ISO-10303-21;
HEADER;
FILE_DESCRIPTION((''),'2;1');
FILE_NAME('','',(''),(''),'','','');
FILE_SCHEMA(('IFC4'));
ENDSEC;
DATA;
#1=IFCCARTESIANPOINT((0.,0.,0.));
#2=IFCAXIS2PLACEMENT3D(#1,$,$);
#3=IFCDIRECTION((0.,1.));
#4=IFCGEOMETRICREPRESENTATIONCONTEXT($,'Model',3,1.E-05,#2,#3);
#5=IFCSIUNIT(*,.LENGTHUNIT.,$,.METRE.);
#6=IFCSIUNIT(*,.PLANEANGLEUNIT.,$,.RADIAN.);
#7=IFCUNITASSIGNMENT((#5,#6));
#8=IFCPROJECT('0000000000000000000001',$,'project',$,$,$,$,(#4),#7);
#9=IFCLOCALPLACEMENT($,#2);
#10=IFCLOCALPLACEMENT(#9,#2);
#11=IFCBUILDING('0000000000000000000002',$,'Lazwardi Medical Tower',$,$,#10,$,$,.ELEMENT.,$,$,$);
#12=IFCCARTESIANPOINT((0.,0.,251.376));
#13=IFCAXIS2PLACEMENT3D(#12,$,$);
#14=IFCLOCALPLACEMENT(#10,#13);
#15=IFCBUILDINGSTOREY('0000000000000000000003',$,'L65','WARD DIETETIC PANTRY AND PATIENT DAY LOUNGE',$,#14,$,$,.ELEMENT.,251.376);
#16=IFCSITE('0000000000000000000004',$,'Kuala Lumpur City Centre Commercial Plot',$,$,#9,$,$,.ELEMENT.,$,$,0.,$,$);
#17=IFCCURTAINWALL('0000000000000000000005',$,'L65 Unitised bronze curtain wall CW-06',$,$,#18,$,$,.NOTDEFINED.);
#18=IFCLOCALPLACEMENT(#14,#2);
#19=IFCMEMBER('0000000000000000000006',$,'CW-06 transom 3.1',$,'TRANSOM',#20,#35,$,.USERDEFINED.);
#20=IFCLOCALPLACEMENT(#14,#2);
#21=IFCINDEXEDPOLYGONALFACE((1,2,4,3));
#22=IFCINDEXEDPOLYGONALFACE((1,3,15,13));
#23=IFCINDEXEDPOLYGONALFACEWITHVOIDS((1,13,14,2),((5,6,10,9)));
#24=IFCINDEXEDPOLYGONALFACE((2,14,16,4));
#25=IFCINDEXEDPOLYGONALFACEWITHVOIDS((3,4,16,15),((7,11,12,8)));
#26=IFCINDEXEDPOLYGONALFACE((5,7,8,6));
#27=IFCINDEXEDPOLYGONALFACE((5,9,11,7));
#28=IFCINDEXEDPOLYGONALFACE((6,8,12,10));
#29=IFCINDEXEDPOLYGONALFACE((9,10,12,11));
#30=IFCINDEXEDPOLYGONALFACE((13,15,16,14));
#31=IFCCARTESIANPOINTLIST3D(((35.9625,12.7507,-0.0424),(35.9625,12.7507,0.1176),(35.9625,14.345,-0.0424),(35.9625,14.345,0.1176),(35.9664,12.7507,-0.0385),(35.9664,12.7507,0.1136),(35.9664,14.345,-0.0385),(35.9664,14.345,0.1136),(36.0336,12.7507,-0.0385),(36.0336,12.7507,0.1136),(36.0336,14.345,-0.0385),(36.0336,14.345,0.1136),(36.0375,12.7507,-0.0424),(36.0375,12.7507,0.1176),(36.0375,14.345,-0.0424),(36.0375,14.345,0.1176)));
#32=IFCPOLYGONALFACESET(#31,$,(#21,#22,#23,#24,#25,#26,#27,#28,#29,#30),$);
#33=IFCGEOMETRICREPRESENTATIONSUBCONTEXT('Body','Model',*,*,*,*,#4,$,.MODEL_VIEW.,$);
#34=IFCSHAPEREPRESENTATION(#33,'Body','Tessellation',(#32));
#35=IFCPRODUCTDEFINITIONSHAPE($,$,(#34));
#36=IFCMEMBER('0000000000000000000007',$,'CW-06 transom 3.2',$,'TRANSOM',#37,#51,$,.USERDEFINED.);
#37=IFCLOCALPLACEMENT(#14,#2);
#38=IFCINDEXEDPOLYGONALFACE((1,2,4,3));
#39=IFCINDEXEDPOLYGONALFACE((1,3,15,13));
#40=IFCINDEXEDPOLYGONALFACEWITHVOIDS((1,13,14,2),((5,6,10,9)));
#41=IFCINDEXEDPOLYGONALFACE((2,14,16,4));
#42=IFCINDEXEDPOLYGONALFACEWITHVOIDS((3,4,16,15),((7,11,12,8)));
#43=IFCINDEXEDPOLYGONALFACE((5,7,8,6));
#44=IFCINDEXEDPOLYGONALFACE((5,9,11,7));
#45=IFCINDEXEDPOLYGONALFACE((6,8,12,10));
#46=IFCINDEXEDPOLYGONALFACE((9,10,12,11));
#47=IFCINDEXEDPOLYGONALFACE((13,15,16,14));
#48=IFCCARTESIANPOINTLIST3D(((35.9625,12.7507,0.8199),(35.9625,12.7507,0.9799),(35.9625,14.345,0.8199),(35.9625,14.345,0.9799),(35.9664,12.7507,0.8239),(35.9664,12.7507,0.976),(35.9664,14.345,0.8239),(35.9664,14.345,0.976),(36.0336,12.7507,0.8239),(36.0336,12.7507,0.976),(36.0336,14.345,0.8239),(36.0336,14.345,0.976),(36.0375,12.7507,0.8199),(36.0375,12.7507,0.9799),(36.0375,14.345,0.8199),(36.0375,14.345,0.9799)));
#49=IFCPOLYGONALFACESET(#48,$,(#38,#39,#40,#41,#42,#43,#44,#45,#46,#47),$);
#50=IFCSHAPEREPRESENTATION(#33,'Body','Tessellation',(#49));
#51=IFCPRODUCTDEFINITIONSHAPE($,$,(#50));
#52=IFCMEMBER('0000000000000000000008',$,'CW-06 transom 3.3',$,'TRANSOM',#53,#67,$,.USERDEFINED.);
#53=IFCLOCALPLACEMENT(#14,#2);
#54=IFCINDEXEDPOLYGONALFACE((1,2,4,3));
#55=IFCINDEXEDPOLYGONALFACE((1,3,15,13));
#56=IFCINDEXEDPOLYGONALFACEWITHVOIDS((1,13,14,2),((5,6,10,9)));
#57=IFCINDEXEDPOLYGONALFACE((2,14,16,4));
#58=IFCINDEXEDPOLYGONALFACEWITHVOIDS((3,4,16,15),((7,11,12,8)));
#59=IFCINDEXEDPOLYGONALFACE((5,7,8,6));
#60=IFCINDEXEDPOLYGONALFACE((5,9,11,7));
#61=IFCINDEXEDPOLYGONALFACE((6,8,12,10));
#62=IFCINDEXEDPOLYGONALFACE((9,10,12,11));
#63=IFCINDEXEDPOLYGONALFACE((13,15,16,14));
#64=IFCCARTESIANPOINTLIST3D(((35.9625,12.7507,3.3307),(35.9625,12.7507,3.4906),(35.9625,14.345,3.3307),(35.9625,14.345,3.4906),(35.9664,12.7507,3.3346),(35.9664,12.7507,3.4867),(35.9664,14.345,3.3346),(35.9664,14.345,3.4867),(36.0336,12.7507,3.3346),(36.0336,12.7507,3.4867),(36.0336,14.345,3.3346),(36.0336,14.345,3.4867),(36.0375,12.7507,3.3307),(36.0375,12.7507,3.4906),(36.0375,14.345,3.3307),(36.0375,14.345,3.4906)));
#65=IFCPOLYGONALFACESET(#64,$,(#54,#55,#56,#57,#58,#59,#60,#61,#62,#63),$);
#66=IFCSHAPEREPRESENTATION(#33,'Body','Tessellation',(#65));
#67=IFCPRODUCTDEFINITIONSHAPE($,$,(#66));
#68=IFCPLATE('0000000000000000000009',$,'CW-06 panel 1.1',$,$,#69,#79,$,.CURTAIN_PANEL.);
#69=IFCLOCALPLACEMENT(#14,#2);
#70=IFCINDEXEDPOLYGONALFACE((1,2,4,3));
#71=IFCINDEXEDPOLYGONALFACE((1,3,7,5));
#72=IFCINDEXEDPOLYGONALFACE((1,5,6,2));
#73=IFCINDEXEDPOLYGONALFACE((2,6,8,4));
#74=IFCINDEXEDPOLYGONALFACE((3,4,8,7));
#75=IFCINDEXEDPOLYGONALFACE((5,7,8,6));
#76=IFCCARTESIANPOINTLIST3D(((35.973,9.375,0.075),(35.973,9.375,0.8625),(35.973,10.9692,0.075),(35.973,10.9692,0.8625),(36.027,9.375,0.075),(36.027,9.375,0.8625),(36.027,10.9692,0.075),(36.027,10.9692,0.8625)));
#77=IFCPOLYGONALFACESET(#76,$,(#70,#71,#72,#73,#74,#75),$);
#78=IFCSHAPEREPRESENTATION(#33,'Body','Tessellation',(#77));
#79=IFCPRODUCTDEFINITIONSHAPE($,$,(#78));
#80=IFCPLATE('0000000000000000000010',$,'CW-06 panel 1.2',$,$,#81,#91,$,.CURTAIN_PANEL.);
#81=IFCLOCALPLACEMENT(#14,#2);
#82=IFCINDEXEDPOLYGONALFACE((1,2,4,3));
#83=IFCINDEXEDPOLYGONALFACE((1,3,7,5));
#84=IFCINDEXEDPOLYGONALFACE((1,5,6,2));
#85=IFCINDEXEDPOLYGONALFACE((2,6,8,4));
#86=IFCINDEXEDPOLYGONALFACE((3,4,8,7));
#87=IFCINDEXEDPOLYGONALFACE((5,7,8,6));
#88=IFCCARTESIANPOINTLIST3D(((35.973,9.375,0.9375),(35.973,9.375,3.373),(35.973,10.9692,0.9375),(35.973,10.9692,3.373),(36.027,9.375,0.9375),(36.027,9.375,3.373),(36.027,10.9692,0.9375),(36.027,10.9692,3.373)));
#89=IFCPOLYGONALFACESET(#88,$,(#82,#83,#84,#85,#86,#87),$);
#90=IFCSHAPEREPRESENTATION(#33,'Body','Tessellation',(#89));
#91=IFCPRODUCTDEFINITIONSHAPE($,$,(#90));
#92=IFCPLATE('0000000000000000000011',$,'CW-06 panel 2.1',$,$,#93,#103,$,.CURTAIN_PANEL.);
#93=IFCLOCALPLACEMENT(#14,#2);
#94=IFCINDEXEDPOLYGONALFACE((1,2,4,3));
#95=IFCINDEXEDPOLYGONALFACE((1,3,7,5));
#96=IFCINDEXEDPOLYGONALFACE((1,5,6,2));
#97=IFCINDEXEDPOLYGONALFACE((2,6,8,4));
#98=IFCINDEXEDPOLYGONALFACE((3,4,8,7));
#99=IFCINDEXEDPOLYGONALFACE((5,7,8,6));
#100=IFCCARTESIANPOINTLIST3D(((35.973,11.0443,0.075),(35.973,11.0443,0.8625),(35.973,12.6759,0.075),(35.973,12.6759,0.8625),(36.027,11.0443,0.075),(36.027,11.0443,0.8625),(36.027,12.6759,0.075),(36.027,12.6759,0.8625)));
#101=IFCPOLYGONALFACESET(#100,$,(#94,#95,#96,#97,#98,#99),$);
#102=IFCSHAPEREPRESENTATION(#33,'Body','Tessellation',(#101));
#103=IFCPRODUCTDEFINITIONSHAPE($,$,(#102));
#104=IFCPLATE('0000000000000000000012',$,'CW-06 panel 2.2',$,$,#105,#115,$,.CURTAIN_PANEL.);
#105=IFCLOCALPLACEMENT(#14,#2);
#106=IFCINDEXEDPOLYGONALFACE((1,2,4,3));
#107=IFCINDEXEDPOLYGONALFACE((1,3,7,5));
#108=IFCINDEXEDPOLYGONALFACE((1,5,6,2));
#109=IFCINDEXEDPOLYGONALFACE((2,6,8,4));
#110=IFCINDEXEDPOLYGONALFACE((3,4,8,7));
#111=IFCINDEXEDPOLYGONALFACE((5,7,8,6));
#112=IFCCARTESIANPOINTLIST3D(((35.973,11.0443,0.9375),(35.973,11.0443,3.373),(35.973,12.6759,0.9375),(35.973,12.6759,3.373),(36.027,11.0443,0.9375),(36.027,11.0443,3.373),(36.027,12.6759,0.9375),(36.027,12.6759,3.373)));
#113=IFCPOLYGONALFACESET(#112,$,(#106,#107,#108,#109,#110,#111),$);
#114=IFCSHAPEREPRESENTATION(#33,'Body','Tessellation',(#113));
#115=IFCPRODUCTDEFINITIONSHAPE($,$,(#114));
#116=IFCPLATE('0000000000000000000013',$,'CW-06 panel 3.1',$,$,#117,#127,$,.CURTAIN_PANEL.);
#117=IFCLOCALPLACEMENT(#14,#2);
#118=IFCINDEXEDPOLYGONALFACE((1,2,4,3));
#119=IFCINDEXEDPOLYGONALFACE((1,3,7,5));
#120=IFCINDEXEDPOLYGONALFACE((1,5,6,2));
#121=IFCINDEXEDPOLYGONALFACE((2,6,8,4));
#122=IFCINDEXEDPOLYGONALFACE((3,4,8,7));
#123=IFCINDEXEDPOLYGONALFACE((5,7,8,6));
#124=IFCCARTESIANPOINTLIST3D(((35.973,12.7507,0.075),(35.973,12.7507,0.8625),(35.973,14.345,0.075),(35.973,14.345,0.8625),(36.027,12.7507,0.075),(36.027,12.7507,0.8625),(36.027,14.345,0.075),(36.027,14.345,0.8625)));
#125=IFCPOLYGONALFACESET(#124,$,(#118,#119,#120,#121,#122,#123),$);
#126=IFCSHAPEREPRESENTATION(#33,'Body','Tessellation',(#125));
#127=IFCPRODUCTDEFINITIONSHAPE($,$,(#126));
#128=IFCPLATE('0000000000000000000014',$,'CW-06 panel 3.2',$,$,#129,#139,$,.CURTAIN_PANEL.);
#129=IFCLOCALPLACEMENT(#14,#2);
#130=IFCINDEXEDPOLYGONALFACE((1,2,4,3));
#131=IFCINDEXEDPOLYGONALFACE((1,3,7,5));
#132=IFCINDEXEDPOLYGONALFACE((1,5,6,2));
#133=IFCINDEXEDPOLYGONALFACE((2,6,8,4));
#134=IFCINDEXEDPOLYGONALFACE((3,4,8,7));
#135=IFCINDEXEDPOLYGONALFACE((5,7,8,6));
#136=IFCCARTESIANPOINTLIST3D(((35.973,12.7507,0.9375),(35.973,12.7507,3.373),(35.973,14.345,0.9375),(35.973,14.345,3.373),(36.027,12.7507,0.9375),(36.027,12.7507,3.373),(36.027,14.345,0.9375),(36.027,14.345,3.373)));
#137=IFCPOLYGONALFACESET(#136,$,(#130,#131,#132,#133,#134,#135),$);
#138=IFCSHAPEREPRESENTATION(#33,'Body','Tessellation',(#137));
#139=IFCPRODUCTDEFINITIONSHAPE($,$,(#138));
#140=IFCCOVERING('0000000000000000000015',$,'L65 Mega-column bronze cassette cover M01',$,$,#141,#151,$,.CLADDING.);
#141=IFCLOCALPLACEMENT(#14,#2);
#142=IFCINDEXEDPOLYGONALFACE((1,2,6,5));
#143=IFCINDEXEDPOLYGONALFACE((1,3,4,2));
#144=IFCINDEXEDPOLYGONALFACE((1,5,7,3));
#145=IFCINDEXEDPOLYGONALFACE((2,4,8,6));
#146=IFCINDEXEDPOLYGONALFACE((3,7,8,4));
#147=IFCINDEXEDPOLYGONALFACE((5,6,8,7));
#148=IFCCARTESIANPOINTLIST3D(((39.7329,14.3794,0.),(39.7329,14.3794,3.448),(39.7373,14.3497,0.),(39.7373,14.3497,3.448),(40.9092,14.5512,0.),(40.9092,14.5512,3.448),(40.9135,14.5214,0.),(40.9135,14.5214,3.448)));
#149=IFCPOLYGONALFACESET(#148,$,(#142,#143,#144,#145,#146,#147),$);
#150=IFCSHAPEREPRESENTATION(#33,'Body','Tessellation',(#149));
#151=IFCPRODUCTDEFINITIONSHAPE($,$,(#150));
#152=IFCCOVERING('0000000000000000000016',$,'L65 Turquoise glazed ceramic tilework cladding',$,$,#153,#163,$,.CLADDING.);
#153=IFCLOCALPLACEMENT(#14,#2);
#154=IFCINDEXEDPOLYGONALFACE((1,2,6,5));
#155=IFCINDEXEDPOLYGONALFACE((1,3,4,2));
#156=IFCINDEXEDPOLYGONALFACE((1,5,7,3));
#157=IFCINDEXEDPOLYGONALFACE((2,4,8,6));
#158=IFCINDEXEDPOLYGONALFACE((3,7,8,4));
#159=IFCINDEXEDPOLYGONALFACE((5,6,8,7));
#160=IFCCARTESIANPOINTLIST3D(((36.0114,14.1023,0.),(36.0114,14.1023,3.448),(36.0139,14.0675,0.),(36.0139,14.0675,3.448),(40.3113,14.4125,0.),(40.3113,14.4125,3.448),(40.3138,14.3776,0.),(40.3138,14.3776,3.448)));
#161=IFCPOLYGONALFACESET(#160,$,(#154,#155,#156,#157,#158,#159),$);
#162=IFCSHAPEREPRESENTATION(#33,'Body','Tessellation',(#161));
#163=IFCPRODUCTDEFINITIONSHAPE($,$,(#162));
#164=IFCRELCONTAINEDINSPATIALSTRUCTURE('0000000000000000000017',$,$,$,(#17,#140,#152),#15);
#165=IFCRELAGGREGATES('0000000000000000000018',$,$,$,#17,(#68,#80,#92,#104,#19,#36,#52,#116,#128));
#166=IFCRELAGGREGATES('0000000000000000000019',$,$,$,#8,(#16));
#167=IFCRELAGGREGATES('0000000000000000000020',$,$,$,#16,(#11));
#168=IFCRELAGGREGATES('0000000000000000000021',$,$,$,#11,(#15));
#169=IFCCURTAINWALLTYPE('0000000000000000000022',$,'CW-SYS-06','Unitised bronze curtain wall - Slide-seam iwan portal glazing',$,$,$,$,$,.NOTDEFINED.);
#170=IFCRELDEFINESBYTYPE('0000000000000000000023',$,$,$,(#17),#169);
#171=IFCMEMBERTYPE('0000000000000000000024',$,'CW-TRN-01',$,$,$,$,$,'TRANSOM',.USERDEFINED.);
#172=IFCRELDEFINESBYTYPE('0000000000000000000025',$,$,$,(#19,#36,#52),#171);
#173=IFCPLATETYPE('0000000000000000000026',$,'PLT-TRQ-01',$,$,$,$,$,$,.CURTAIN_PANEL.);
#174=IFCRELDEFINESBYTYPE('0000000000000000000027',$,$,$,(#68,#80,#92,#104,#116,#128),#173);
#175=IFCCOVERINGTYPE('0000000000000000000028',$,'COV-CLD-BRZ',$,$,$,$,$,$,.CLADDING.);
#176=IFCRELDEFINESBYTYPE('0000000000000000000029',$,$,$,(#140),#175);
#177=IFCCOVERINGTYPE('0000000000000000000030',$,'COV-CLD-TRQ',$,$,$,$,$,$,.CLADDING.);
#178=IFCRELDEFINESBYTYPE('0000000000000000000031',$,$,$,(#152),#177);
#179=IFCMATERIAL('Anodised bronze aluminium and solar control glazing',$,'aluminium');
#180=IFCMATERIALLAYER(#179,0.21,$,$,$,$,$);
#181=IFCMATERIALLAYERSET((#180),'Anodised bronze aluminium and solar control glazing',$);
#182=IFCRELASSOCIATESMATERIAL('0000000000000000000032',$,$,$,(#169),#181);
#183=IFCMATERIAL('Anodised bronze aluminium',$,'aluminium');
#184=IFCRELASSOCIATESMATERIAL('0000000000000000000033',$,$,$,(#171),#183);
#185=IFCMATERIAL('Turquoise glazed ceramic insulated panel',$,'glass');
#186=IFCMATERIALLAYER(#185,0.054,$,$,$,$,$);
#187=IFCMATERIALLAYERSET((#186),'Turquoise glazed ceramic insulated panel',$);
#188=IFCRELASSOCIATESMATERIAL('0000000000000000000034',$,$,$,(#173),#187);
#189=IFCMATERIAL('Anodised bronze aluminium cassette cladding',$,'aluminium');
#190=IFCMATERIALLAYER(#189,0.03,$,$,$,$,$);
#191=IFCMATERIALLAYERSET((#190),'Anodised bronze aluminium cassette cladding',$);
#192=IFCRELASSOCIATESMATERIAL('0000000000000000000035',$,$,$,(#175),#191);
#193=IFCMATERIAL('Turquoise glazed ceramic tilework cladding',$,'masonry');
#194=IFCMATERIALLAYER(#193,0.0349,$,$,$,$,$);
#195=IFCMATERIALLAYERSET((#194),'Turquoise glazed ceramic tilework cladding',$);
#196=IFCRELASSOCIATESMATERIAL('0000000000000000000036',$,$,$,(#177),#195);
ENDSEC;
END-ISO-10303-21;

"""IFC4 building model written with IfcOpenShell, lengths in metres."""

from ifc_helpers import new_model, si_unit, direction, frame, origin, origin_2d, place, context, subcontext, project, spatial, rectangle, hollow_rectangle, extrude, material, layer, layer_set, material_profile, profile_set, type_object, element, aggregate, save


model = new_model("IFC4")

# Units and contexts
model_context = context("Model", 3, precision=1e-05, world=origin(), true_north=direction((0.0, 1.0)))
body_context = subcontext(model_context, "Body", "Model", "MODEL_VIEW")
ifc_project = project(units=[si_unit("LENGTHUNIT", "METRE"), si_unit("PLANEANGLEUNIT", "RADIAN")], contexts=[model_context])

# Site, building, storey
site_placement = place(None, origin())
site = spatial("IfcSite", under=ifc_project, at=site_placement, Name="Kuala Lumpur City Centre Commercial Plot", CompositionType="ELEMENT", RefElevation=0.0)
building_placement = place(site_placement, origin())
building = spatial("IfcBuilding", under=site, at=building_placement, Name="Lazwardi Medical Tower", CompositionType="ELEMENT")
storey_placement = place(building_placement, frame((0.0, 0.0, 251.376)))
storey = spatial("IfcBuildingStorey", under=building, at=storey_placement, Name="L65", Description="WARD DIETETIC PANTRY AND PATIENT DAY LOUNGE", CompositionType="ELEMENT", Elevation=251.376)

# Curtain wall
ifc_material_1 = material(Name="Anodised bronze aluminium and solar control glazing", Category="aluminium")
ifc_layer_1 = layer(ifc_material_1, 0.21)
ifc_layer_set_1 = layer_set([ifc_layer_1], Name="Anodised bronze aluminium and solar control glazing")
curtain_wall_type_1 = type_object("IfcCurtainWallType", Name="CW-SYS-06", Description="Unitised bronze curtain wall - Slide-seam iwan portal glazing", PredefinedType="NOTDEFINED", material=ifc_layer_set_1)
curtain_wall_1_placement = place(storey_placement, origin())
curtain_wall_1 = element("IfcCurtainWall", 1, at=curtain_wall_1_placement, inside=storey, type_object=curtain_wall_type_1, Name="L65 Unitised bronze curtain wall CW-06", PredefinedType="NOTDEFINED")
ifc_material_2 = material(Name="Anodised bronze aluminium", Category="aluminium")

# Members
ifc_material_profile_1 = material_profile(ifc_material_2, hollow_rectangle(XDim=0.075, YDim=0.1599, WallThickness=0.0039, at=origin_2d()), Name="ALU-TRANSOM 160x75x4")
ifc_profile_set_1 = profile_set([ifc_material_profile_1], Name="Anodised bronze aluminium")
member_type_1 = type_object("IfcMemberType", Name="CW-TRN-01", ElementType="TRANSOM", PredefinedType="USERDEFINED", material=ifc_profile_set_1)
member_1_placement = place(storey_placement, frame((36.0, 12.7507, 0.0376), z_axis=(0.0, 1.0, 0.0), x_axis=(-1.0, 0.0, 0.0)))
member_1 = element("IfcMember", 2, at=member_1_placement, type_object=member_type_1, Name="CW-06 transom 3.1", ObjectType="TRANSOM", PredefinedType="USERDEFINED", context=body_context, shape_type="SweptSolid", body=[
    extrude(hollow_rectangle(XDim=0.075, YDim=0.1599, WallThickness=0.0039, at=origin_2d()), origin(), (0.0, 0.0, 1.0), 1.5942),
])
member_2_placement = place(storey_placement, frame((36.0, 12.7507, 0.8999), z_axis=(0.0, 1.0, 0.0), x_axis=(-1.0, 0.0, 0.0)))
member_2 = element("IfcMember", 3, at=member_2_placement, type_object=member_type_1, Name="CW-06 transom 3.2", ObjectType="TRANSOM", PredefinedType="USERDEFINED", context=body_context, shape_type="SweptSolid", body=[
    extrude(hollow_rectangle(XDim=0.075, YDim=0.1599, WallThickness=0.0039, at=origin_2d()), origin(), (0.0, 0.0, 1.0), 1.5942),
])
member_3_placement = place(storey_placement, frame((36.0, 12.7507, 3.4106), z_axis=(0.0, 1.0, 0.0), x_axis=(-1.0, 0.0, 0.0)))
member_3 = element("IfcMember", 4, at=member_3_placement, type_object=member_type_1, Name="CW-06 transom 3.3", ObjectType="TRANSOM", PredefinedType="USERDEFINED", context=body_context, shape_type="SweptSolid", body=[
    extrude(hollow_rectangle(XDim=0.075, YDim=0.1599, WallThickness=0.0039, at=origin_2d()), origin(), (0.0, 0.0, 1.0), 1.5942),
])

# Plates
ifc_material_3 = material(Name="Turquoise glazed ceramic insulated panel", Category="glass")
ifc_layer_2 = layer(ifc_material_3, 0.054)
ifc_layer_set_2 = layer_set([ifc_layer_2], Name="Turquoise glazed ceramic insulated panel")
plate_type = type_object("IfcPlateType", Name="PLT-TRQ-01", PredefinedType="CURTAIN_PANEL", material=ifc_layer_set_2)
plate_1_placement = place(storey_placement, frame((36.0, 10.1721, 0.075), z_axis=(0.0, 0.0, 1.0), x_axis=(0.0, 1.0, 0.0)))
plate_1 = element("IfcPlate", 5, at=plate_1_placement, type_object=plate_type, Name="CW-06 panel 1.1", PredefinedType="CURTAIN_PANEL", context=body_context, shape_type="SweptSolid", body=[
    extrude(rectangle(XDim=1.5942, YDim=0.054, at=origin_2d()), origin(), (0.0, 0.0, 1.0), 0.7876),
])
plate_2_placement = place(storey_placement, frame((36.0, 10.1721, 0.9375), z_axis=(0.0, 0.0, 1.0), x_axis=(0.0, 1.0, 0.0)))
plate_2 = element("IfcPlate", 6, at=plate_2_placement, type_object=plate_type, Name="CW-06 panel 1.2", PredefinedType="CURTAIN_PANEL", context=body_context, shape_type="SweptSolid", body=[
    extrude(rectangle(XDim=1.5942, YDim=0.054, at=origin_2d()), origin(), (0.0, 0.0, 1.0), 2.4355),
])
plate_3_placement = place(storey_placement, frame((36.0, 11.8601, 0.075), z_axis=(0.0, 0.0, 1.0), x_axis=(0.0, 1.0, 0.0)))
plate_3 = element("IfcPlate", 7, at=plate_3_placement, type_object=plate_type, Name="CW-06 panel 2.1", PredefinedType="CURTAIN_PANEL", context=body_context, shape_type="SweptSolid", body=[
    extrude(rectangle(XDim=1.6316, YDim=0.054, at=origin_2d()), origin(), (0.0, 0.0, 1.0), 0.7876),
])
plate_4_placement = place(storey_placement, frame((36.0, 11.8601, 0.9375), z_axis=(0.0, 0.0, 1.0), x_axis=(0.0, 1.0, 0.0)))
plate_4 = element("IfcPlate", 8, at=plate_4_placement, type_object=plate_type, Name="CW-06 panel 2.2", PredefinedType="CURTAIN_PANEL", context=body_context, shape_type="SweptSolid", body=[
    extrude(rectangle(XDim=1.6316, YDim=0.054, at=origin_2d()), origin(), (0.0, 0.0, 1.0), 2.4355),
])
plate_5_placement = place(storey_placement, frame((36.0, 13.5479, 0.075), z_axis=(0.0, 0.0, 1.0), x_axis=(0.0, 1.0, 0.0)))
plate_5 = element("IfcPlate", 9, at=plate_5_placement, type_object=plate_type, Name="CW-06 panel 3.1", PredefinedType="CURTAIN_PANEL", context=body_context, shape_type="SweptSolid", body=[
    extrude(rectangle(XDim=1.5942, YDim=0.054, at=origin_2d()), origin(), (0.0, 0.0, 1.0), 0.7876),
])
plate_6_placement = place(storey_placement, frame((36.0, 13.5479, 0.9375), z_axis=(0.0, 0.0, 1.0), x_axis=(0.0, 1.0, 0.0)))
plate_6 = element("IfcPlate", 10, at=plate_6_placement, type_object=plate_type, Name="CW-06 panel 3.2", PredefinedType="CURTAIN_PANEL", context=body_context, shape_type="SweptSolid", body=[
    extrude(rectangle(XDim=1.5942, YDim=0.054, at=origin_2d()), origin(), (0.0, 0.0, 1.0), 2.4355),
])
aggregate(curtain_wall_1, [plate_1, plate_2, plate_3, plate_4, member_1, member_2, member_3, plate_5, plate_6])

# Coverings
ifc_material_4 = material(Name="Anodised bronze aluminium cassette cladding", Category="aluminium")
ifc_layer_3 = layer(ifc_material_4, 0.03)
ifc_layer_set_3 = layer_set([ifc_layer_3], Name="Anodised bronze aluminium cassette cladding")
covering_type_1 = type_object("IfcCoveringType", Name="COV-CLD-BRZ", PredefinedType="CLADDING", material=ifc_layer_set_3)
covering_1_placement = place(storey_placement, frame((40.3232, 14.4504, 0.0), z_axis=(0.0, 0.0, 1.0), x_axis=(0.989512, 0.144448, 0.0)))
element("IfcCovering", 11, at=covering_1_placement, inside=storey, type_object=covering_type_1, Name="L65 Mega-column bronze cassette cover M01", PredefinedType="CLADDING", context=body_context, shape_type="SweptSolid", body=[
    extrude(rectangle(XDim=1.1887, YDim=0.03, at=origin_2d()), origin(), (0.0, 0.0, 1.0), 3.448),
])
ifc_material_5 = material(Name="Turquoise glazed ceramic tilework cladding", Category="masonry")
ifc_layer_4 = layer(ifc_material_5, 0.0349)
ifc_layer_set_4 = layer_set([ifc_layer_4], Name="Turquoise glazed ceramic tilework cladding")
covering_type_2 = type_object("IfcCoveringType", Name="COV-CLD-TRQ", PredefinedType="CLADDING", material=ifc_layer_set_4)
covering_2_placement = place(storey_placement, frame((38.1626, 14.24, 0.0), z_axis=(0.0, 0.0, 1.0), x_axis=(0.997409, 0.071933, 0.0)))
element("IfcCovering", 12, at=covering_2_placement, inside=storey, type_object=covering_type_2, Name="L65 Turquoise glazed ceramic tilework cladding", PredefinedType="CLADDING", context=body_context, shape_type="SweptSolid", body=[
    extrude(rectangle(XDim=4.311, YDim=0.0349, at=origin_2d()), origin(), (0.0, 0.0, 1.0), 3.448),
])

save(model, "model.ifc")
